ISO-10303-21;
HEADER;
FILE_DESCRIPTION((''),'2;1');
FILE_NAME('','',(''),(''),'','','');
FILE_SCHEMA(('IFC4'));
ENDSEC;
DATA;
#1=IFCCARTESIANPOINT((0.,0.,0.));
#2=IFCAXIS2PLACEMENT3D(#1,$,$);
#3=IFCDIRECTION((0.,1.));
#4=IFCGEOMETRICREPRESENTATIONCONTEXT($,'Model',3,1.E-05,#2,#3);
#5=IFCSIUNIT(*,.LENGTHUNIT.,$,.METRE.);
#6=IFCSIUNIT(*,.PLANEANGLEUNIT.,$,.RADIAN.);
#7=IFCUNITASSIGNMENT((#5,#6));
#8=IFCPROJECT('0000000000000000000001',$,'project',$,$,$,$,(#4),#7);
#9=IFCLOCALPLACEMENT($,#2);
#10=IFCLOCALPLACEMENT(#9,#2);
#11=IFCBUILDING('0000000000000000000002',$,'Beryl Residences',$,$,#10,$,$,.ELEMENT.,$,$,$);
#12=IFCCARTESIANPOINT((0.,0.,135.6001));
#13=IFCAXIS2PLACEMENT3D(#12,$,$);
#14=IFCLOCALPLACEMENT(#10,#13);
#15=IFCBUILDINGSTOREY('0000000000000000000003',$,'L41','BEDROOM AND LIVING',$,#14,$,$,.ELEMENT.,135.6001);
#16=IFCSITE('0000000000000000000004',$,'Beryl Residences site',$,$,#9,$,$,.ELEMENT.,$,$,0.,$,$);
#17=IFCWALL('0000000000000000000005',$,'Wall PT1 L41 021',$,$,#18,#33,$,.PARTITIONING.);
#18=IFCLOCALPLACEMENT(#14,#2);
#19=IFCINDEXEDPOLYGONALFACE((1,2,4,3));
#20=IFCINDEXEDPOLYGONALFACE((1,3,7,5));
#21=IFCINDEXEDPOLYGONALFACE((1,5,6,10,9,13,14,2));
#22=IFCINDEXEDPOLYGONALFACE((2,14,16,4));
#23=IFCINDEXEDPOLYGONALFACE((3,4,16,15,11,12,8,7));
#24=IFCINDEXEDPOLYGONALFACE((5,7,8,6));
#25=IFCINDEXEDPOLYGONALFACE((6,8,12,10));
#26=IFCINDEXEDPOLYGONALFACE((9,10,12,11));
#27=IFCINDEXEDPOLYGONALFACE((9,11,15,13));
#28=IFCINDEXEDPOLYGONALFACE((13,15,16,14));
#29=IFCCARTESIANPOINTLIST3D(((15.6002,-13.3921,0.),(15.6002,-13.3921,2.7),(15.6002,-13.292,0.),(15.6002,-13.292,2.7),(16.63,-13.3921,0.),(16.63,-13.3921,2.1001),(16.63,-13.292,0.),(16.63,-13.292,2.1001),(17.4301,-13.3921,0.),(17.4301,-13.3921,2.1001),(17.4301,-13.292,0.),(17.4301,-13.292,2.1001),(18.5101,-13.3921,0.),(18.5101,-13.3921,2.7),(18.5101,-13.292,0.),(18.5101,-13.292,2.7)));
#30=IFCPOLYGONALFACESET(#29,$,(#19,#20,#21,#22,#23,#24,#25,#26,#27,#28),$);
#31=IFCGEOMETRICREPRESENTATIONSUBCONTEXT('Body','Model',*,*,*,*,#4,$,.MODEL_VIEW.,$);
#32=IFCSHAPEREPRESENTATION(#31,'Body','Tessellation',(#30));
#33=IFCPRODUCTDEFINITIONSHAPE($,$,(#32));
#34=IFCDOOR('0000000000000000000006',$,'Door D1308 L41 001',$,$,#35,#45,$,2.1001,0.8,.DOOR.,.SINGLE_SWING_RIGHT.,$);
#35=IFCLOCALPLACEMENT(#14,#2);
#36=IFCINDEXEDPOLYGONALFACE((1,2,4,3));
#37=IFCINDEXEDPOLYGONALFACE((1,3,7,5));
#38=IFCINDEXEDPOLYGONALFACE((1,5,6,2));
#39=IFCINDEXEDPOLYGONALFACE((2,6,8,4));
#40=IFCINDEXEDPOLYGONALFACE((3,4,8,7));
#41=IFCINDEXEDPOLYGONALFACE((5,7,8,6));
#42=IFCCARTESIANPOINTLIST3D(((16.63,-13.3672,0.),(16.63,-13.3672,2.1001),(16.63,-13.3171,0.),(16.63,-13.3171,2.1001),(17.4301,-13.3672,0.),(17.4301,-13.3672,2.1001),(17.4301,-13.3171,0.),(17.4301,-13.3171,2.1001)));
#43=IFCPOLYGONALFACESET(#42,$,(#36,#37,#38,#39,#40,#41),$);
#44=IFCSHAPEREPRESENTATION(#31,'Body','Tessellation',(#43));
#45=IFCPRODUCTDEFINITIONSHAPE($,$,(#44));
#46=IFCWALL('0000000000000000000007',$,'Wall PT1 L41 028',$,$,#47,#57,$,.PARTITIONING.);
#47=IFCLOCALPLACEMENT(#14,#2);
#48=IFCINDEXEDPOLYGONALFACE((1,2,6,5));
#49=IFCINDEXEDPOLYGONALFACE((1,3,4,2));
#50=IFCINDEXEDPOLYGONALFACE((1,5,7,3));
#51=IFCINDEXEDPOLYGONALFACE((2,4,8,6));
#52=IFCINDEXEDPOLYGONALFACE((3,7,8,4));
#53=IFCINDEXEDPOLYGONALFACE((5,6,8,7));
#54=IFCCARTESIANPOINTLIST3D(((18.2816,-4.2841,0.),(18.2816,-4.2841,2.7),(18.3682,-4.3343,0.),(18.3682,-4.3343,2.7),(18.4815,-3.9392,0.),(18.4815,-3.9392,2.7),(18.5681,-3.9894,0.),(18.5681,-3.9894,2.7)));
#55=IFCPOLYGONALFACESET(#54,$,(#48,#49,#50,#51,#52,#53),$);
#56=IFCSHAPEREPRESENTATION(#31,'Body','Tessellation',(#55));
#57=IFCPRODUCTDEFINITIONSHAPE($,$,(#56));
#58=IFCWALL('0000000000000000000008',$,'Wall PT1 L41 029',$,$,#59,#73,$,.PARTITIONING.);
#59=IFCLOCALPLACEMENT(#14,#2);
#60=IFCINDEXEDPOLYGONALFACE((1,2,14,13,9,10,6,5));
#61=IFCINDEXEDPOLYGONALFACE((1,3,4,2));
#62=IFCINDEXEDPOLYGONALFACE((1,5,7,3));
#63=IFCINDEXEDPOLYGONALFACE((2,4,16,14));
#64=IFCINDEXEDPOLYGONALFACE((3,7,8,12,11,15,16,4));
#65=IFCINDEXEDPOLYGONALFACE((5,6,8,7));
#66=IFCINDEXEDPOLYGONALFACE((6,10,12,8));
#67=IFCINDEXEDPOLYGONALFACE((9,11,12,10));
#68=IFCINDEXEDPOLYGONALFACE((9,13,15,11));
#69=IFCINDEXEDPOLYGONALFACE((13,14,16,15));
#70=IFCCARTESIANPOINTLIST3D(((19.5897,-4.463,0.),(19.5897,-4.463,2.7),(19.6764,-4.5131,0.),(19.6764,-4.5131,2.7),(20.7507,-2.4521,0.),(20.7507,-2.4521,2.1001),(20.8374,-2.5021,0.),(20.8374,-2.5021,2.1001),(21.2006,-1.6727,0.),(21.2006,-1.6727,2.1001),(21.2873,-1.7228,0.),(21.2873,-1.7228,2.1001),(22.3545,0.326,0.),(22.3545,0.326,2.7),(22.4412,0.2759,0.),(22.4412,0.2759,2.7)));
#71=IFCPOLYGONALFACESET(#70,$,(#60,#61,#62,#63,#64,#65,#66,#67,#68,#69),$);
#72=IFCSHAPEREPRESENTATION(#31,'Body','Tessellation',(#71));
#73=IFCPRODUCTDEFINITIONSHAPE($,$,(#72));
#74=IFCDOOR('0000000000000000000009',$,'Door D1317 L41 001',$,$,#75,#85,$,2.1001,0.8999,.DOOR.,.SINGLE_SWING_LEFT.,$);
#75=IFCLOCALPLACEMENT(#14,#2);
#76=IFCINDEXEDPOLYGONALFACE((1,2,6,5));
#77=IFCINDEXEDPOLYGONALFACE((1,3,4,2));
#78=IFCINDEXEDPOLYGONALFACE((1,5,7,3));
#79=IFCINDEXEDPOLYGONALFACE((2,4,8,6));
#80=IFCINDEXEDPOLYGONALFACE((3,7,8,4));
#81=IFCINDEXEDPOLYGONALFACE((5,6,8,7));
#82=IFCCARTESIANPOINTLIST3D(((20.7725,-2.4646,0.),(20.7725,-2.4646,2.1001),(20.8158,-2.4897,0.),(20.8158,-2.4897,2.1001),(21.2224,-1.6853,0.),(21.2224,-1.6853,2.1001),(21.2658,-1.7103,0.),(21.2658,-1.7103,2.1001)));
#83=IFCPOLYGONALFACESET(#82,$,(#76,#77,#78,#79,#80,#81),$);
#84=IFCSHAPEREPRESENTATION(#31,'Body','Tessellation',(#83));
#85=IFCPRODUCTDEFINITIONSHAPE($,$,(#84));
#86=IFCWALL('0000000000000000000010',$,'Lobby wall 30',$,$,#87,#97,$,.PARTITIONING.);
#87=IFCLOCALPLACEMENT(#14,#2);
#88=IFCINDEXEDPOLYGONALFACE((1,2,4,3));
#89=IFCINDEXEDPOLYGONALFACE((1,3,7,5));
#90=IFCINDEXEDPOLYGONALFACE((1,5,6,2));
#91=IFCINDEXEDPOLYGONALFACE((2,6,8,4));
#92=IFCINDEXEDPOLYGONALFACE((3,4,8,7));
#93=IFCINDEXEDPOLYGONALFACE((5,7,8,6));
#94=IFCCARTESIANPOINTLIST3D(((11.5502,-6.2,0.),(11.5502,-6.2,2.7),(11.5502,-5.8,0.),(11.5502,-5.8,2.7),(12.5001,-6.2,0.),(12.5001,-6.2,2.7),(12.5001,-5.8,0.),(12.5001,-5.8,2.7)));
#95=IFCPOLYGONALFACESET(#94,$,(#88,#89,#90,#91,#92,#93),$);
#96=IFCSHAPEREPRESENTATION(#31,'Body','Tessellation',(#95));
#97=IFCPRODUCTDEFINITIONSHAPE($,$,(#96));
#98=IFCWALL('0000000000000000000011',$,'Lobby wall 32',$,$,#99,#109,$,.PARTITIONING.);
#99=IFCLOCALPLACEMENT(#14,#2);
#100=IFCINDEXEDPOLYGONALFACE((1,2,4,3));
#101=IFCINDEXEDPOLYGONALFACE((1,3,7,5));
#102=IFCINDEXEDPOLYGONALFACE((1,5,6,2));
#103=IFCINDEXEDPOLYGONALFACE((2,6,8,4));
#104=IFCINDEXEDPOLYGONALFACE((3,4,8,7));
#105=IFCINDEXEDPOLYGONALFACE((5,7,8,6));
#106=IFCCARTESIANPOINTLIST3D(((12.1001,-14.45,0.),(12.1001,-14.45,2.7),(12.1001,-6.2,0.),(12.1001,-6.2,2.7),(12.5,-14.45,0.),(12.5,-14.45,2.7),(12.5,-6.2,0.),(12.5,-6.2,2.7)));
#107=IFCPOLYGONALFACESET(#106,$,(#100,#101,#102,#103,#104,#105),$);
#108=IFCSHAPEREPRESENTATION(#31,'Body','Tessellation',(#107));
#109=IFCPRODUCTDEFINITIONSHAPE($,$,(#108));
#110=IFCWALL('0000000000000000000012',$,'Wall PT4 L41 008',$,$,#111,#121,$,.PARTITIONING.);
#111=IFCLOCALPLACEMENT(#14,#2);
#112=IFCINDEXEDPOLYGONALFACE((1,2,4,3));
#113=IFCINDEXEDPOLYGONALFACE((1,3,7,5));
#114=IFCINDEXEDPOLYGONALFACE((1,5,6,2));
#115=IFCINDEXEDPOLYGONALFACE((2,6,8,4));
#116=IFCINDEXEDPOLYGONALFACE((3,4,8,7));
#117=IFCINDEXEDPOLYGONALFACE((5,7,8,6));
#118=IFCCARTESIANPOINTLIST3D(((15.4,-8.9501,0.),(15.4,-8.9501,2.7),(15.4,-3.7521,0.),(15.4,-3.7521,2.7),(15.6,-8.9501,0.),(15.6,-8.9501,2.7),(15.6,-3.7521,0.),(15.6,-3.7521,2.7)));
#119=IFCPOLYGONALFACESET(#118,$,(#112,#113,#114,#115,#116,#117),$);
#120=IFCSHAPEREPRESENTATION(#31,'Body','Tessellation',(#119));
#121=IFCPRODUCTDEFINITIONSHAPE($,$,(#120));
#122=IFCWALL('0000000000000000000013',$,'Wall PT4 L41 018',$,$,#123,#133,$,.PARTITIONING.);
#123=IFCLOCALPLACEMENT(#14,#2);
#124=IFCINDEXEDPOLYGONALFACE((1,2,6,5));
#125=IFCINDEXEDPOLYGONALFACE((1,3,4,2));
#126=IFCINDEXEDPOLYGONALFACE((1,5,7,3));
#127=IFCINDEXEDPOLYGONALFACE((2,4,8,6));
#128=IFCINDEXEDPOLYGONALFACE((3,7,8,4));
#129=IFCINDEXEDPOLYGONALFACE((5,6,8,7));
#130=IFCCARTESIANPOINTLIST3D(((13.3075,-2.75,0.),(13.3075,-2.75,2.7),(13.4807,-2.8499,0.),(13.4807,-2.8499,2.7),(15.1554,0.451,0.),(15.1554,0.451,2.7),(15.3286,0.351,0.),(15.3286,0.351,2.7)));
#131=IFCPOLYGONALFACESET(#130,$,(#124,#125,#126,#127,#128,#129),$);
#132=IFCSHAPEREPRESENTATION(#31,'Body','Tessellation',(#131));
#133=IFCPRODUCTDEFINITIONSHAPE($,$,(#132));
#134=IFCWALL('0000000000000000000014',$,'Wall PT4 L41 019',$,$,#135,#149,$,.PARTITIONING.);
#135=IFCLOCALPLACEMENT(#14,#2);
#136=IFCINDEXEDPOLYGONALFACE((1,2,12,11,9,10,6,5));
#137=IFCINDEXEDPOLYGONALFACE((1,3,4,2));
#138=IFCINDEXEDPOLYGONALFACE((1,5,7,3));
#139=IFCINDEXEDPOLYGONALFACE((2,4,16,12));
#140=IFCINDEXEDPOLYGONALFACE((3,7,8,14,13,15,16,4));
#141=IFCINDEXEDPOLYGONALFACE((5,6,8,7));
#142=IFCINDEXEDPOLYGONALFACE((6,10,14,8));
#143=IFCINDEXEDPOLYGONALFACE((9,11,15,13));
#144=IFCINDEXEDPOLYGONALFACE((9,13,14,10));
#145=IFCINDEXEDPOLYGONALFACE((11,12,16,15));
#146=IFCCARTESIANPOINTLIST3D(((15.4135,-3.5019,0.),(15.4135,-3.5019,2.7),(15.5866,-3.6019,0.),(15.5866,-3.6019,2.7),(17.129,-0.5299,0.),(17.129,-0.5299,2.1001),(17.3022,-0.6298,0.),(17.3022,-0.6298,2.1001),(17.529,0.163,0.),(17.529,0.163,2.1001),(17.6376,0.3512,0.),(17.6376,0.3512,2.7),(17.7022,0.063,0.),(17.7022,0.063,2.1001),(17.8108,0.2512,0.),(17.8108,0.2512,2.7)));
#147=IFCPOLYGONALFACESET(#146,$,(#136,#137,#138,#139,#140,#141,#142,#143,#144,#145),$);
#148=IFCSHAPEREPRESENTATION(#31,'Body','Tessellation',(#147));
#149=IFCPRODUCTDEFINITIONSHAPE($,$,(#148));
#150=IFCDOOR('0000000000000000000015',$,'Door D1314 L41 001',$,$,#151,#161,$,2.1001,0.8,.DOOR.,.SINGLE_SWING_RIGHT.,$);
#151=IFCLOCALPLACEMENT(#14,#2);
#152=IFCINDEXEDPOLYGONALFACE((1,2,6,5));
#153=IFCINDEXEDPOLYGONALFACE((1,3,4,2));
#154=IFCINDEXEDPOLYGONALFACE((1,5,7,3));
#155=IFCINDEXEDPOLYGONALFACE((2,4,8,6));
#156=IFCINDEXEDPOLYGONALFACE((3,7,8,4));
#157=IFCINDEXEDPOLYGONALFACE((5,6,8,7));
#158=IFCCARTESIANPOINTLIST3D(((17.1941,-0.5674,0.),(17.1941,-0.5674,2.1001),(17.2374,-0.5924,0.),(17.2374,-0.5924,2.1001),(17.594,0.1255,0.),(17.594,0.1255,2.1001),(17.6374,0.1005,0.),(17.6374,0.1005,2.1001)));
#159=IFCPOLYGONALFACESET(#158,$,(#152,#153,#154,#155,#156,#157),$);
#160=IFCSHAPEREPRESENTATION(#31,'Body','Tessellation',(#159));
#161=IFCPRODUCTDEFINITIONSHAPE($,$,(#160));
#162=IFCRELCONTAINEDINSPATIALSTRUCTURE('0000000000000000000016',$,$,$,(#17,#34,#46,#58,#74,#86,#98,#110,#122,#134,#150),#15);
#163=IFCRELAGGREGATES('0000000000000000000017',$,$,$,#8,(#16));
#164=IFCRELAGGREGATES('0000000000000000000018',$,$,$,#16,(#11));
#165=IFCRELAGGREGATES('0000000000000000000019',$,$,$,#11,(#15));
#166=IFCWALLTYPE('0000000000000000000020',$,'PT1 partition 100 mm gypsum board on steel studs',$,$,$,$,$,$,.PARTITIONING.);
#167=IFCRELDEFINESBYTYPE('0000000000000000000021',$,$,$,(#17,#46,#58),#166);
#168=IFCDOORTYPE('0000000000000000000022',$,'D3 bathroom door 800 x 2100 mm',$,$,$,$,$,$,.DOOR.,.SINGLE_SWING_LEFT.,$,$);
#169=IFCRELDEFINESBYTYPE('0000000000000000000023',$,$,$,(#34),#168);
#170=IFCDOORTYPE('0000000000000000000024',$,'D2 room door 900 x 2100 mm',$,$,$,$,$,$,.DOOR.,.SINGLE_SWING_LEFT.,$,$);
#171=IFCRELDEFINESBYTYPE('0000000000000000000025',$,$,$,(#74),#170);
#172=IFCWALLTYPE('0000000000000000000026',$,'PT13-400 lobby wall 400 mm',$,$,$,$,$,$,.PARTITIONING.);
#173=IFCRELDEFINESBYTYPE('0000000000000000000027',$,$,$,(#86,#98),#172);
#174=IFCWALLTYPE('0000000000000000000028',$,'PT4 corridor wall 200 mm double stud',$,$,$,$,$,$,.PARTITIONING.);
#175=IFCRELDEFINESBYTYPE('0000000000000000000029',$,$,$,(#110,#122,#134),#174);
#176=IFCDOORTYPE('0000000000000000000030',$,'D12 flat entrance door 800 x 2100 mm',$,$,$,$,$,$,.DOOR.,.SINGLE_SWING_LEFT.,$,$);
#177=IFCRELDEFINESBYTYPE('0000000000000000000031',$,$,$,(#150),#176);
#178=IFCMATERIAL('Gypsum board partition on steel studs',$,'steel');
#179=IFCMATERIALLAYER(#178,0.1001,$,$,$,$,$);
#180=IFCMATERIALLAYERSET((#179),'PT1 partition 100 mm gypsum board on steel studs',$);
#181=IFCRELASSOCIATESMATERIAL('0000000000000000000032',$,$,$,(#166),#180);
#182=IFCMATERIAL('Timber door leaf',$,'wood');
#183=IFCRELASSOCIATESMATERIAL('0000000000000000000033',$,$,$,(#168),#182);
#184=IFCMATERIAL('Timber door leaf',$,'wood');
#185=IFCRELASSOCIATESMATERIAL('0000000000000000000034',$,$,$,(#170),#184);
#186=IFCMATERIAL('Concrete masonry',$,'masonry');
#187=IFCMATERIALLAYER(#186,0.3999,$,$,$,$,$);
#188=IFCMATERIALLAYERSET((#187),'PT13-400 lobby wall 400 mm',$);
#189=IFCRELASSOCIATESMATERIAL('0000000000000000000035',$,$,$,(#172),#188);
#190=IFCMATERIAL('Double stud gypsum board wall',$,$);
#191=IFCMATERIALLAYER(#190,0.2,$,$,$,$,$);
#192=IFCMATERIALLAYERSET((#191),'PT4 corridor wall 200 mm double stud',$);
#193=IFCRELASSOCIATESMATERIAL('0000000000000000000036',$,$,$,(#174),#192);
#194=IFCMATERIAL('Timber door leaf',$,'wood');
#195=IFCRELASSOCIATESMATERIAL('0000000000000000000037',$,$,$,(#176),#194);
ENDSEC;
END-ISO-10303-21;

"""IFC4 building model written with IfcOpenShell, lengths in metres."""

from ifc_helpers import new_model, si_unit, direction, frame, frame_2d, origin, place, context, subcontext, project, spatial, rectangle, extrude, material, layer, layer_set, type_object, element, fill, save


model = new_model("IFC4")

# Units and contexts
model_context = context("Model", 3, precision=1e-05, world=origin(), true_north=direction((0.0, 1.0)))
body_context = subcontext(model_context, "Body", "Model", "MODEL_VIEW")
ifc_project = project(units=[si_unit("LENGTHUNIT", "METRE"), si_unit("PLANEANGLEUNIT", "RADIAN")], contexts=[model_context])

# Site, building, storey
site_placement = place(None, origin())
site = spatial("IfcSite", under=ifc_project, at=site_placement, Name="Beryl Residences site", CompositionType="ELEMENT", RefElevation=0.0)
building_placement = place(site_placement, origin())
building = spatial("IfcBuilding", under=site, at=building_placement, Name="Beryl Residences", CompositionType="ELEMENT")
storey_placement = place(building_placement, frame((0.0, 0.0, 135.6001)))
storey = spatial("IfcBuildingStorey", under=building, at=storey_placement, Name="L41", Description="BEDROOM AND LIVING", CompositionType="ELEMENT", Elevation=135.6001)

# Wall, opening, door
ifc_material_1 = material(Name="Gypsum board partition on steel studs", Category="steel")
ifc_layer_1 = layer(ifc_material_1, 0.1001)
ifc_layer_set_1 = layer_set([ifc_layer_1], Name="PT1 partition 100 mm gypsum board on steel studs")
wall_type_1 = type_object("IfcWallType", Name="PT1 partition 100 mm gypsum board on steel studs", PredefinedType="PARTITIONING", material=ifc_layer_set_1)
ifc_material_2 = material(Name="Timber door leaf", Category="wood")
door_type_1 = type_object("IfcDoorType", Name="D3 bathroom door 800 x 2100 mm", OperationType="SINGLE_SWING_LEFT", PredefinedType="DOOR", material=ifc_material_2)
ifc_material_3 = material(Name="Timber door leaf", Category="wood")
door_type_2 = type_object("IfcDoorType", Name="D2 room door 900 x 2100 mm", OperationType="SINGLE_SWING_LEFT", PredefinedType="DOOR", material=ifc_material_3)
wall_1_placement = place(storey_placement, frame((15.6001, -13.342, 0.0), z_axis=(0.0, 0.0, 1.0), x_axis=(1.0, 0.0, 0.0)))
wall_1 = element("IfcWall", 1, at=wall_1_placement, inside=storey, type_object=wall_type_1, Name="Wall PT1 L41 021", PredefinedType="PARTITIONING", context=body_context, shape_type="SweptSolid", body=[
    extrude(rectangle(XDim=2.9099, YDim=0.1001, at=frame_2d((1.4551, 0.0))), origin(), (0.0, 0.0, 1.0), 2.7),
])
opening_1_placement = place(wall_1_placement, frame((1.03, 0.0, 0.0)))
opening_1 = element("IfcOpeningElement", 2, at=opening_1_placement, cuts=wall_1, PredefinedType="OPENING", context=body_context, shape_type="SweptSolid", body=[
    extrude(rectangle(XDim=0.8, YDim=2.1001, at=frame_2d((0.3999, 1.05))), frame((0.0, 0.0601, 0.0), z_axis=(0.0, -1.0, 0.0), x_axis=(1.0, 0.0, 0.0)), (0.0, 0.0, 1.0), 0.1201),
])
door_1_placement = place(opening_1_placement, origin())
door_1 = element("IfcDoor", 3, at=door_1_placement, inside=storey, type_object=door_type_1, Name="Door D1308 L41 001", OperationType="SINGLE_SWING_RIGHT", OverallHeight=2.1001, OverallWidth=0.8, PredefinedType="DOOR", context=body_context, shape_type="SweptSolid", body=[
    extrude(rectangle(XDim=0.8, YDim=2.1001, at=frame_2d((0.3999, 1.05))), frame((0.0, 0.0249, 0.0), z_axis=(0.0, -1.0, 0.0), x_axis=(1.0, 0.0, 0.0)), (0.0, 0.0, 1.0), 0.05),
])
fill(opening_1, door_1)

# Wall
wall_2_placement = place(storey_placement, frame((18.325, -4.3091, 0.0), z_axis=(0.0, 0.0, 1.0), x_axis=(0.501471, 0.865175, 0.0)))
element("IfcWall", 4, at=wall_2_placement, inside=storey, type_object=wall_type_1, Name="Wall PT1 L41 028", PredefinedType="PARTITIONING", context=body_context, shape_type="SweptSolid", body=[
    extrude(rectangle(XDim=0.3987, YDim=0.1001, at=frame_2d((0.1992, 0.0))), origin(), (0.0, 0.0, 1.0), 2.7),
])

# Wall, opening, door
wall_3_placement = place(storey_placement, frame((19.6331, -4.488, 0.0), z_axis=(0.0, 0.0, 1.0), x_axis=(0.49999, 0.866031, 0.0)))
wall_3 = element("IfcWall", 5, at=wall_3_placement, inside=storey, type_object=wall_type_1, Name="Wall PT1 L41 029", PredefinedType="PARTITIONING", context=body_context, shape_type="SweptSolid", body=[
    extrude(rectangle(XDim=5.5298, YDim=0.1001, at=frame_2d((2.7649, 0.0))), origin(), (0.0, 0.0, 1.0), 2.7),
])
opening_2_placement = place(wall_3_placement, frame((2.322, 0.0, 0.0)))
opening_2 = element("IfcOpeningElement", 6, at=opening_2_placement, cuts=wall_3, PredefinedType="OPENING", context=body_context, shape_type="SweptSolid", body=[
    extrude(rectangle(XDim=0.8999, YDim=2.1001, at=frame_2d((0.45, 1.05))), frame((0.0, 0.0601, 0.0), z_axis=(0.0, -1.0, 0.0), x_axis=(1.0, 0.0, 0.0)), (0.0, 0.0, 1.0), 0.1201),
])
door_2_placement = place(opening_2_placement, origin())
door_2 = element("IfcDoor", 7, at=door_2_placement, inside=storey, type_object=door_type_2, Name="Door D1317 L41 001", OperationType="SINGLE_SWING_LEFT", OverallHeight=2.1001, OverallWidth=0.8999, PredefinedType="DOOR", context=body_context, shape_type="SweptSolid", body=[
    extrude(rectangle(XDim=0.8999, YDim=2.1001, at=frame_2d((0.45, 1.05))), frame((0.0, 0.0249, 0.0), z_axis=(0.0, -1.0, 0.0), x_axis=(1.0, 0.0, 0.0)), (0.0, 0.0, 1.0), 0.05),
])
fill(opening_2, door_2)

# Walls
ifc_material_4 = material(Name="Concrete masonry", Category="masonry")
ifc_layer_2 = layer(ifc_material_4, 0.3999)
ifc_layer_set_2 = layer_set([ifc_layer_2], Name="PT13-400 lobby wall 400 mm")
wall_type_2 = type_object("IfcWallType", Name="PT13-400 lobby wall 400 mm", PredefinedType="PARTITIONING", material=ifc_layer_set_2)
wall_4_placement = place(storey_placement, frame((11.55, -6.0, 0.0), z_axis=(0.0, 0.0, 1.0), x_axis=(1.0, 0.0, 0.0)))
element("IfcWall", 8, at=wall_4_placement, inside=storey, type_object=wall_type_2, Name="Lobby wall 30", PredefinedType="PARTITIONING", context=body_context, shape_type="SweptSolid", body=[
    extrude(rectangle(XDim=0.95, YDim=0.3999, at=frame_2d((0.4751, 0.0))), origin(), (0.0, 0.0, 1.0), 2.7),
])
wall_5_placement = place(storey_placement, frame((12.3, -14.45, 0.0), z_axis=(0.0, 0.0, 1.0), x_axis=(0.0, 1.0, 0.0)))
element("IfcWall", 9, at=wall_5_placement, inside=storey, type_object=wall_type_2, Name="Lobby wall 32", PredefinedType="PARTITIONING", context=body_context, shape_type="SweptSolid", body=[
    extrude(rectangle(XDim=8.25, YDim=0.3999, at=frame_2d((4.125, 0.0))), origin(), (0.0, 0.0, 1.0), 2.7),
])
ifc_material_5 = material(Name="Double stud gypsum board wall")
ifc_layer_3 = layer(ifc_material_5, 0.2)
ifc_layer_set_3 = layer_set([ifc_layer_3], Name="PT4 corridor wall 200 mm double stud")
wall_type_3 = type_object("IfcWallType", Name="PT4 corridor wall 200 mm double stud", PredefinedType="PARTITIONING", material=ifc_layer_set_3)
wall_6_placement = place(storey_placement, frame((15.5, -3.752, 0.0), z_axis=(0.0, 0.0, 1.0), x_axis=(0.0, -1.0, 0.0)))
element("IfcWall", 10, at=wall_6_placement, inside=storey, type_object=wall_type_3, Name="Wall PT4 L41 008", PredefinedType="PARTITIONING", context=body_context, shape_type="SweptSolid", body=[
    extrude(rectangle(XDim=5.198, YDim=0.2, at=frame_2d((2.5991, 0.0))), origin(), (0.0, 0.0, 1.0), 2.7),
])
wall_7_placement = place(storey_placement, frame((13.394, -2.8, 0.0), z_axis=(0.0, 0.0, 1.0), x_axis=(0.499968, 0.866044, 0.0)))
element("IfcWall", 11, at=wall_7_placement, inside=storey, type_object=wall_type_3, Name="Wall PT4 L41 018", PredefinedType="PARTITIONING", context=body_context, shape_type="SweptSolid", body=[
    extrude(rectangle(XDim=3.696, YDim=0.2, at=frame_2d((1.8481, 0.0))), origin(), (0.0, 0.0, 1.0), 2.7),
])

# Wall, opening, door
wall_8_placement = place(storey_placement, frame((15.5, -3.552, 0.0), z_axis=(0.0, 0.0, 1.0), x_axis=(0.499928, 0.866067, 0.0)))
wall_8 = element("IfcWall", 12, at=wall_8_placement, inside=storey, type_object=wall_type_3, Name="Wall PT4 L41 019", PredefinedType="PARTITIONING", context=body_context, shape_type="SweptSolid", body=[
    extrude(rectangle(XDim=4.449, YDim=0.2, at=frame_2d((2.2246, 0.0))), origin(), (0.0, 0.0, 1.0), 2.7),
])
opening_3_placement = place(wall_8_placement, frame((3.4319, 0.0, 0.0)))
opening_3 = element("IfcOpeningElement", 13, at=opening_3_placement, cuts=wall_8, PredefinedType="OPENING", context=body_context, shape_type="SweptSolid", body=[
    extrude(rectangle(XDim=0.8, YDim=2.1001, at=frame_2d((0.3999, 1.05))), frame((0.0, 0.1099, 0.0), z_axis=(0.0, -1.0, 0.0), x_axis=(1.0, 0.0, 0.0)), (0.0, 0.0, 1.0), 0.22),
])
ifc_material_6 = material(Name="Timber door leaf", Category="wood")
door_type_3 = type_object("IfcDoorType", Name="D12 flat entrance door 800 x 2100 mm", OperationType="SINGLE_SWING_LEFT", PredefinedType="DOOR", material=ifc_material_6)
door_3_placement = place(opening_3_placement, origin())
door_3 = element("IfcDoor", 14, at=door_3_placement, inside=storey, type_object=door_type_3, Name="Door D1314 L41 001", OperationType="SINGLE_SWING_RIGHT", OverallHeight=2.1001, OverallWidth=0.8, PredefinedType="DOOR", context=body_context, shape_type="SweptSolid", body=[
    extrude(rectangle(XDim=0.8, YDim=2.1001, at=frame_2d((0.3999, 1.05))), frame((0.0, 0.0249, 0.0), z_axis=(0.0, -1.0, 0.0), x_axis=(1.0, 0.0, 0.0)), (0.0, 0.0, 1.0), 0.05),
])
fill(opening_3, door_3)

save(model, "model.ifc")
